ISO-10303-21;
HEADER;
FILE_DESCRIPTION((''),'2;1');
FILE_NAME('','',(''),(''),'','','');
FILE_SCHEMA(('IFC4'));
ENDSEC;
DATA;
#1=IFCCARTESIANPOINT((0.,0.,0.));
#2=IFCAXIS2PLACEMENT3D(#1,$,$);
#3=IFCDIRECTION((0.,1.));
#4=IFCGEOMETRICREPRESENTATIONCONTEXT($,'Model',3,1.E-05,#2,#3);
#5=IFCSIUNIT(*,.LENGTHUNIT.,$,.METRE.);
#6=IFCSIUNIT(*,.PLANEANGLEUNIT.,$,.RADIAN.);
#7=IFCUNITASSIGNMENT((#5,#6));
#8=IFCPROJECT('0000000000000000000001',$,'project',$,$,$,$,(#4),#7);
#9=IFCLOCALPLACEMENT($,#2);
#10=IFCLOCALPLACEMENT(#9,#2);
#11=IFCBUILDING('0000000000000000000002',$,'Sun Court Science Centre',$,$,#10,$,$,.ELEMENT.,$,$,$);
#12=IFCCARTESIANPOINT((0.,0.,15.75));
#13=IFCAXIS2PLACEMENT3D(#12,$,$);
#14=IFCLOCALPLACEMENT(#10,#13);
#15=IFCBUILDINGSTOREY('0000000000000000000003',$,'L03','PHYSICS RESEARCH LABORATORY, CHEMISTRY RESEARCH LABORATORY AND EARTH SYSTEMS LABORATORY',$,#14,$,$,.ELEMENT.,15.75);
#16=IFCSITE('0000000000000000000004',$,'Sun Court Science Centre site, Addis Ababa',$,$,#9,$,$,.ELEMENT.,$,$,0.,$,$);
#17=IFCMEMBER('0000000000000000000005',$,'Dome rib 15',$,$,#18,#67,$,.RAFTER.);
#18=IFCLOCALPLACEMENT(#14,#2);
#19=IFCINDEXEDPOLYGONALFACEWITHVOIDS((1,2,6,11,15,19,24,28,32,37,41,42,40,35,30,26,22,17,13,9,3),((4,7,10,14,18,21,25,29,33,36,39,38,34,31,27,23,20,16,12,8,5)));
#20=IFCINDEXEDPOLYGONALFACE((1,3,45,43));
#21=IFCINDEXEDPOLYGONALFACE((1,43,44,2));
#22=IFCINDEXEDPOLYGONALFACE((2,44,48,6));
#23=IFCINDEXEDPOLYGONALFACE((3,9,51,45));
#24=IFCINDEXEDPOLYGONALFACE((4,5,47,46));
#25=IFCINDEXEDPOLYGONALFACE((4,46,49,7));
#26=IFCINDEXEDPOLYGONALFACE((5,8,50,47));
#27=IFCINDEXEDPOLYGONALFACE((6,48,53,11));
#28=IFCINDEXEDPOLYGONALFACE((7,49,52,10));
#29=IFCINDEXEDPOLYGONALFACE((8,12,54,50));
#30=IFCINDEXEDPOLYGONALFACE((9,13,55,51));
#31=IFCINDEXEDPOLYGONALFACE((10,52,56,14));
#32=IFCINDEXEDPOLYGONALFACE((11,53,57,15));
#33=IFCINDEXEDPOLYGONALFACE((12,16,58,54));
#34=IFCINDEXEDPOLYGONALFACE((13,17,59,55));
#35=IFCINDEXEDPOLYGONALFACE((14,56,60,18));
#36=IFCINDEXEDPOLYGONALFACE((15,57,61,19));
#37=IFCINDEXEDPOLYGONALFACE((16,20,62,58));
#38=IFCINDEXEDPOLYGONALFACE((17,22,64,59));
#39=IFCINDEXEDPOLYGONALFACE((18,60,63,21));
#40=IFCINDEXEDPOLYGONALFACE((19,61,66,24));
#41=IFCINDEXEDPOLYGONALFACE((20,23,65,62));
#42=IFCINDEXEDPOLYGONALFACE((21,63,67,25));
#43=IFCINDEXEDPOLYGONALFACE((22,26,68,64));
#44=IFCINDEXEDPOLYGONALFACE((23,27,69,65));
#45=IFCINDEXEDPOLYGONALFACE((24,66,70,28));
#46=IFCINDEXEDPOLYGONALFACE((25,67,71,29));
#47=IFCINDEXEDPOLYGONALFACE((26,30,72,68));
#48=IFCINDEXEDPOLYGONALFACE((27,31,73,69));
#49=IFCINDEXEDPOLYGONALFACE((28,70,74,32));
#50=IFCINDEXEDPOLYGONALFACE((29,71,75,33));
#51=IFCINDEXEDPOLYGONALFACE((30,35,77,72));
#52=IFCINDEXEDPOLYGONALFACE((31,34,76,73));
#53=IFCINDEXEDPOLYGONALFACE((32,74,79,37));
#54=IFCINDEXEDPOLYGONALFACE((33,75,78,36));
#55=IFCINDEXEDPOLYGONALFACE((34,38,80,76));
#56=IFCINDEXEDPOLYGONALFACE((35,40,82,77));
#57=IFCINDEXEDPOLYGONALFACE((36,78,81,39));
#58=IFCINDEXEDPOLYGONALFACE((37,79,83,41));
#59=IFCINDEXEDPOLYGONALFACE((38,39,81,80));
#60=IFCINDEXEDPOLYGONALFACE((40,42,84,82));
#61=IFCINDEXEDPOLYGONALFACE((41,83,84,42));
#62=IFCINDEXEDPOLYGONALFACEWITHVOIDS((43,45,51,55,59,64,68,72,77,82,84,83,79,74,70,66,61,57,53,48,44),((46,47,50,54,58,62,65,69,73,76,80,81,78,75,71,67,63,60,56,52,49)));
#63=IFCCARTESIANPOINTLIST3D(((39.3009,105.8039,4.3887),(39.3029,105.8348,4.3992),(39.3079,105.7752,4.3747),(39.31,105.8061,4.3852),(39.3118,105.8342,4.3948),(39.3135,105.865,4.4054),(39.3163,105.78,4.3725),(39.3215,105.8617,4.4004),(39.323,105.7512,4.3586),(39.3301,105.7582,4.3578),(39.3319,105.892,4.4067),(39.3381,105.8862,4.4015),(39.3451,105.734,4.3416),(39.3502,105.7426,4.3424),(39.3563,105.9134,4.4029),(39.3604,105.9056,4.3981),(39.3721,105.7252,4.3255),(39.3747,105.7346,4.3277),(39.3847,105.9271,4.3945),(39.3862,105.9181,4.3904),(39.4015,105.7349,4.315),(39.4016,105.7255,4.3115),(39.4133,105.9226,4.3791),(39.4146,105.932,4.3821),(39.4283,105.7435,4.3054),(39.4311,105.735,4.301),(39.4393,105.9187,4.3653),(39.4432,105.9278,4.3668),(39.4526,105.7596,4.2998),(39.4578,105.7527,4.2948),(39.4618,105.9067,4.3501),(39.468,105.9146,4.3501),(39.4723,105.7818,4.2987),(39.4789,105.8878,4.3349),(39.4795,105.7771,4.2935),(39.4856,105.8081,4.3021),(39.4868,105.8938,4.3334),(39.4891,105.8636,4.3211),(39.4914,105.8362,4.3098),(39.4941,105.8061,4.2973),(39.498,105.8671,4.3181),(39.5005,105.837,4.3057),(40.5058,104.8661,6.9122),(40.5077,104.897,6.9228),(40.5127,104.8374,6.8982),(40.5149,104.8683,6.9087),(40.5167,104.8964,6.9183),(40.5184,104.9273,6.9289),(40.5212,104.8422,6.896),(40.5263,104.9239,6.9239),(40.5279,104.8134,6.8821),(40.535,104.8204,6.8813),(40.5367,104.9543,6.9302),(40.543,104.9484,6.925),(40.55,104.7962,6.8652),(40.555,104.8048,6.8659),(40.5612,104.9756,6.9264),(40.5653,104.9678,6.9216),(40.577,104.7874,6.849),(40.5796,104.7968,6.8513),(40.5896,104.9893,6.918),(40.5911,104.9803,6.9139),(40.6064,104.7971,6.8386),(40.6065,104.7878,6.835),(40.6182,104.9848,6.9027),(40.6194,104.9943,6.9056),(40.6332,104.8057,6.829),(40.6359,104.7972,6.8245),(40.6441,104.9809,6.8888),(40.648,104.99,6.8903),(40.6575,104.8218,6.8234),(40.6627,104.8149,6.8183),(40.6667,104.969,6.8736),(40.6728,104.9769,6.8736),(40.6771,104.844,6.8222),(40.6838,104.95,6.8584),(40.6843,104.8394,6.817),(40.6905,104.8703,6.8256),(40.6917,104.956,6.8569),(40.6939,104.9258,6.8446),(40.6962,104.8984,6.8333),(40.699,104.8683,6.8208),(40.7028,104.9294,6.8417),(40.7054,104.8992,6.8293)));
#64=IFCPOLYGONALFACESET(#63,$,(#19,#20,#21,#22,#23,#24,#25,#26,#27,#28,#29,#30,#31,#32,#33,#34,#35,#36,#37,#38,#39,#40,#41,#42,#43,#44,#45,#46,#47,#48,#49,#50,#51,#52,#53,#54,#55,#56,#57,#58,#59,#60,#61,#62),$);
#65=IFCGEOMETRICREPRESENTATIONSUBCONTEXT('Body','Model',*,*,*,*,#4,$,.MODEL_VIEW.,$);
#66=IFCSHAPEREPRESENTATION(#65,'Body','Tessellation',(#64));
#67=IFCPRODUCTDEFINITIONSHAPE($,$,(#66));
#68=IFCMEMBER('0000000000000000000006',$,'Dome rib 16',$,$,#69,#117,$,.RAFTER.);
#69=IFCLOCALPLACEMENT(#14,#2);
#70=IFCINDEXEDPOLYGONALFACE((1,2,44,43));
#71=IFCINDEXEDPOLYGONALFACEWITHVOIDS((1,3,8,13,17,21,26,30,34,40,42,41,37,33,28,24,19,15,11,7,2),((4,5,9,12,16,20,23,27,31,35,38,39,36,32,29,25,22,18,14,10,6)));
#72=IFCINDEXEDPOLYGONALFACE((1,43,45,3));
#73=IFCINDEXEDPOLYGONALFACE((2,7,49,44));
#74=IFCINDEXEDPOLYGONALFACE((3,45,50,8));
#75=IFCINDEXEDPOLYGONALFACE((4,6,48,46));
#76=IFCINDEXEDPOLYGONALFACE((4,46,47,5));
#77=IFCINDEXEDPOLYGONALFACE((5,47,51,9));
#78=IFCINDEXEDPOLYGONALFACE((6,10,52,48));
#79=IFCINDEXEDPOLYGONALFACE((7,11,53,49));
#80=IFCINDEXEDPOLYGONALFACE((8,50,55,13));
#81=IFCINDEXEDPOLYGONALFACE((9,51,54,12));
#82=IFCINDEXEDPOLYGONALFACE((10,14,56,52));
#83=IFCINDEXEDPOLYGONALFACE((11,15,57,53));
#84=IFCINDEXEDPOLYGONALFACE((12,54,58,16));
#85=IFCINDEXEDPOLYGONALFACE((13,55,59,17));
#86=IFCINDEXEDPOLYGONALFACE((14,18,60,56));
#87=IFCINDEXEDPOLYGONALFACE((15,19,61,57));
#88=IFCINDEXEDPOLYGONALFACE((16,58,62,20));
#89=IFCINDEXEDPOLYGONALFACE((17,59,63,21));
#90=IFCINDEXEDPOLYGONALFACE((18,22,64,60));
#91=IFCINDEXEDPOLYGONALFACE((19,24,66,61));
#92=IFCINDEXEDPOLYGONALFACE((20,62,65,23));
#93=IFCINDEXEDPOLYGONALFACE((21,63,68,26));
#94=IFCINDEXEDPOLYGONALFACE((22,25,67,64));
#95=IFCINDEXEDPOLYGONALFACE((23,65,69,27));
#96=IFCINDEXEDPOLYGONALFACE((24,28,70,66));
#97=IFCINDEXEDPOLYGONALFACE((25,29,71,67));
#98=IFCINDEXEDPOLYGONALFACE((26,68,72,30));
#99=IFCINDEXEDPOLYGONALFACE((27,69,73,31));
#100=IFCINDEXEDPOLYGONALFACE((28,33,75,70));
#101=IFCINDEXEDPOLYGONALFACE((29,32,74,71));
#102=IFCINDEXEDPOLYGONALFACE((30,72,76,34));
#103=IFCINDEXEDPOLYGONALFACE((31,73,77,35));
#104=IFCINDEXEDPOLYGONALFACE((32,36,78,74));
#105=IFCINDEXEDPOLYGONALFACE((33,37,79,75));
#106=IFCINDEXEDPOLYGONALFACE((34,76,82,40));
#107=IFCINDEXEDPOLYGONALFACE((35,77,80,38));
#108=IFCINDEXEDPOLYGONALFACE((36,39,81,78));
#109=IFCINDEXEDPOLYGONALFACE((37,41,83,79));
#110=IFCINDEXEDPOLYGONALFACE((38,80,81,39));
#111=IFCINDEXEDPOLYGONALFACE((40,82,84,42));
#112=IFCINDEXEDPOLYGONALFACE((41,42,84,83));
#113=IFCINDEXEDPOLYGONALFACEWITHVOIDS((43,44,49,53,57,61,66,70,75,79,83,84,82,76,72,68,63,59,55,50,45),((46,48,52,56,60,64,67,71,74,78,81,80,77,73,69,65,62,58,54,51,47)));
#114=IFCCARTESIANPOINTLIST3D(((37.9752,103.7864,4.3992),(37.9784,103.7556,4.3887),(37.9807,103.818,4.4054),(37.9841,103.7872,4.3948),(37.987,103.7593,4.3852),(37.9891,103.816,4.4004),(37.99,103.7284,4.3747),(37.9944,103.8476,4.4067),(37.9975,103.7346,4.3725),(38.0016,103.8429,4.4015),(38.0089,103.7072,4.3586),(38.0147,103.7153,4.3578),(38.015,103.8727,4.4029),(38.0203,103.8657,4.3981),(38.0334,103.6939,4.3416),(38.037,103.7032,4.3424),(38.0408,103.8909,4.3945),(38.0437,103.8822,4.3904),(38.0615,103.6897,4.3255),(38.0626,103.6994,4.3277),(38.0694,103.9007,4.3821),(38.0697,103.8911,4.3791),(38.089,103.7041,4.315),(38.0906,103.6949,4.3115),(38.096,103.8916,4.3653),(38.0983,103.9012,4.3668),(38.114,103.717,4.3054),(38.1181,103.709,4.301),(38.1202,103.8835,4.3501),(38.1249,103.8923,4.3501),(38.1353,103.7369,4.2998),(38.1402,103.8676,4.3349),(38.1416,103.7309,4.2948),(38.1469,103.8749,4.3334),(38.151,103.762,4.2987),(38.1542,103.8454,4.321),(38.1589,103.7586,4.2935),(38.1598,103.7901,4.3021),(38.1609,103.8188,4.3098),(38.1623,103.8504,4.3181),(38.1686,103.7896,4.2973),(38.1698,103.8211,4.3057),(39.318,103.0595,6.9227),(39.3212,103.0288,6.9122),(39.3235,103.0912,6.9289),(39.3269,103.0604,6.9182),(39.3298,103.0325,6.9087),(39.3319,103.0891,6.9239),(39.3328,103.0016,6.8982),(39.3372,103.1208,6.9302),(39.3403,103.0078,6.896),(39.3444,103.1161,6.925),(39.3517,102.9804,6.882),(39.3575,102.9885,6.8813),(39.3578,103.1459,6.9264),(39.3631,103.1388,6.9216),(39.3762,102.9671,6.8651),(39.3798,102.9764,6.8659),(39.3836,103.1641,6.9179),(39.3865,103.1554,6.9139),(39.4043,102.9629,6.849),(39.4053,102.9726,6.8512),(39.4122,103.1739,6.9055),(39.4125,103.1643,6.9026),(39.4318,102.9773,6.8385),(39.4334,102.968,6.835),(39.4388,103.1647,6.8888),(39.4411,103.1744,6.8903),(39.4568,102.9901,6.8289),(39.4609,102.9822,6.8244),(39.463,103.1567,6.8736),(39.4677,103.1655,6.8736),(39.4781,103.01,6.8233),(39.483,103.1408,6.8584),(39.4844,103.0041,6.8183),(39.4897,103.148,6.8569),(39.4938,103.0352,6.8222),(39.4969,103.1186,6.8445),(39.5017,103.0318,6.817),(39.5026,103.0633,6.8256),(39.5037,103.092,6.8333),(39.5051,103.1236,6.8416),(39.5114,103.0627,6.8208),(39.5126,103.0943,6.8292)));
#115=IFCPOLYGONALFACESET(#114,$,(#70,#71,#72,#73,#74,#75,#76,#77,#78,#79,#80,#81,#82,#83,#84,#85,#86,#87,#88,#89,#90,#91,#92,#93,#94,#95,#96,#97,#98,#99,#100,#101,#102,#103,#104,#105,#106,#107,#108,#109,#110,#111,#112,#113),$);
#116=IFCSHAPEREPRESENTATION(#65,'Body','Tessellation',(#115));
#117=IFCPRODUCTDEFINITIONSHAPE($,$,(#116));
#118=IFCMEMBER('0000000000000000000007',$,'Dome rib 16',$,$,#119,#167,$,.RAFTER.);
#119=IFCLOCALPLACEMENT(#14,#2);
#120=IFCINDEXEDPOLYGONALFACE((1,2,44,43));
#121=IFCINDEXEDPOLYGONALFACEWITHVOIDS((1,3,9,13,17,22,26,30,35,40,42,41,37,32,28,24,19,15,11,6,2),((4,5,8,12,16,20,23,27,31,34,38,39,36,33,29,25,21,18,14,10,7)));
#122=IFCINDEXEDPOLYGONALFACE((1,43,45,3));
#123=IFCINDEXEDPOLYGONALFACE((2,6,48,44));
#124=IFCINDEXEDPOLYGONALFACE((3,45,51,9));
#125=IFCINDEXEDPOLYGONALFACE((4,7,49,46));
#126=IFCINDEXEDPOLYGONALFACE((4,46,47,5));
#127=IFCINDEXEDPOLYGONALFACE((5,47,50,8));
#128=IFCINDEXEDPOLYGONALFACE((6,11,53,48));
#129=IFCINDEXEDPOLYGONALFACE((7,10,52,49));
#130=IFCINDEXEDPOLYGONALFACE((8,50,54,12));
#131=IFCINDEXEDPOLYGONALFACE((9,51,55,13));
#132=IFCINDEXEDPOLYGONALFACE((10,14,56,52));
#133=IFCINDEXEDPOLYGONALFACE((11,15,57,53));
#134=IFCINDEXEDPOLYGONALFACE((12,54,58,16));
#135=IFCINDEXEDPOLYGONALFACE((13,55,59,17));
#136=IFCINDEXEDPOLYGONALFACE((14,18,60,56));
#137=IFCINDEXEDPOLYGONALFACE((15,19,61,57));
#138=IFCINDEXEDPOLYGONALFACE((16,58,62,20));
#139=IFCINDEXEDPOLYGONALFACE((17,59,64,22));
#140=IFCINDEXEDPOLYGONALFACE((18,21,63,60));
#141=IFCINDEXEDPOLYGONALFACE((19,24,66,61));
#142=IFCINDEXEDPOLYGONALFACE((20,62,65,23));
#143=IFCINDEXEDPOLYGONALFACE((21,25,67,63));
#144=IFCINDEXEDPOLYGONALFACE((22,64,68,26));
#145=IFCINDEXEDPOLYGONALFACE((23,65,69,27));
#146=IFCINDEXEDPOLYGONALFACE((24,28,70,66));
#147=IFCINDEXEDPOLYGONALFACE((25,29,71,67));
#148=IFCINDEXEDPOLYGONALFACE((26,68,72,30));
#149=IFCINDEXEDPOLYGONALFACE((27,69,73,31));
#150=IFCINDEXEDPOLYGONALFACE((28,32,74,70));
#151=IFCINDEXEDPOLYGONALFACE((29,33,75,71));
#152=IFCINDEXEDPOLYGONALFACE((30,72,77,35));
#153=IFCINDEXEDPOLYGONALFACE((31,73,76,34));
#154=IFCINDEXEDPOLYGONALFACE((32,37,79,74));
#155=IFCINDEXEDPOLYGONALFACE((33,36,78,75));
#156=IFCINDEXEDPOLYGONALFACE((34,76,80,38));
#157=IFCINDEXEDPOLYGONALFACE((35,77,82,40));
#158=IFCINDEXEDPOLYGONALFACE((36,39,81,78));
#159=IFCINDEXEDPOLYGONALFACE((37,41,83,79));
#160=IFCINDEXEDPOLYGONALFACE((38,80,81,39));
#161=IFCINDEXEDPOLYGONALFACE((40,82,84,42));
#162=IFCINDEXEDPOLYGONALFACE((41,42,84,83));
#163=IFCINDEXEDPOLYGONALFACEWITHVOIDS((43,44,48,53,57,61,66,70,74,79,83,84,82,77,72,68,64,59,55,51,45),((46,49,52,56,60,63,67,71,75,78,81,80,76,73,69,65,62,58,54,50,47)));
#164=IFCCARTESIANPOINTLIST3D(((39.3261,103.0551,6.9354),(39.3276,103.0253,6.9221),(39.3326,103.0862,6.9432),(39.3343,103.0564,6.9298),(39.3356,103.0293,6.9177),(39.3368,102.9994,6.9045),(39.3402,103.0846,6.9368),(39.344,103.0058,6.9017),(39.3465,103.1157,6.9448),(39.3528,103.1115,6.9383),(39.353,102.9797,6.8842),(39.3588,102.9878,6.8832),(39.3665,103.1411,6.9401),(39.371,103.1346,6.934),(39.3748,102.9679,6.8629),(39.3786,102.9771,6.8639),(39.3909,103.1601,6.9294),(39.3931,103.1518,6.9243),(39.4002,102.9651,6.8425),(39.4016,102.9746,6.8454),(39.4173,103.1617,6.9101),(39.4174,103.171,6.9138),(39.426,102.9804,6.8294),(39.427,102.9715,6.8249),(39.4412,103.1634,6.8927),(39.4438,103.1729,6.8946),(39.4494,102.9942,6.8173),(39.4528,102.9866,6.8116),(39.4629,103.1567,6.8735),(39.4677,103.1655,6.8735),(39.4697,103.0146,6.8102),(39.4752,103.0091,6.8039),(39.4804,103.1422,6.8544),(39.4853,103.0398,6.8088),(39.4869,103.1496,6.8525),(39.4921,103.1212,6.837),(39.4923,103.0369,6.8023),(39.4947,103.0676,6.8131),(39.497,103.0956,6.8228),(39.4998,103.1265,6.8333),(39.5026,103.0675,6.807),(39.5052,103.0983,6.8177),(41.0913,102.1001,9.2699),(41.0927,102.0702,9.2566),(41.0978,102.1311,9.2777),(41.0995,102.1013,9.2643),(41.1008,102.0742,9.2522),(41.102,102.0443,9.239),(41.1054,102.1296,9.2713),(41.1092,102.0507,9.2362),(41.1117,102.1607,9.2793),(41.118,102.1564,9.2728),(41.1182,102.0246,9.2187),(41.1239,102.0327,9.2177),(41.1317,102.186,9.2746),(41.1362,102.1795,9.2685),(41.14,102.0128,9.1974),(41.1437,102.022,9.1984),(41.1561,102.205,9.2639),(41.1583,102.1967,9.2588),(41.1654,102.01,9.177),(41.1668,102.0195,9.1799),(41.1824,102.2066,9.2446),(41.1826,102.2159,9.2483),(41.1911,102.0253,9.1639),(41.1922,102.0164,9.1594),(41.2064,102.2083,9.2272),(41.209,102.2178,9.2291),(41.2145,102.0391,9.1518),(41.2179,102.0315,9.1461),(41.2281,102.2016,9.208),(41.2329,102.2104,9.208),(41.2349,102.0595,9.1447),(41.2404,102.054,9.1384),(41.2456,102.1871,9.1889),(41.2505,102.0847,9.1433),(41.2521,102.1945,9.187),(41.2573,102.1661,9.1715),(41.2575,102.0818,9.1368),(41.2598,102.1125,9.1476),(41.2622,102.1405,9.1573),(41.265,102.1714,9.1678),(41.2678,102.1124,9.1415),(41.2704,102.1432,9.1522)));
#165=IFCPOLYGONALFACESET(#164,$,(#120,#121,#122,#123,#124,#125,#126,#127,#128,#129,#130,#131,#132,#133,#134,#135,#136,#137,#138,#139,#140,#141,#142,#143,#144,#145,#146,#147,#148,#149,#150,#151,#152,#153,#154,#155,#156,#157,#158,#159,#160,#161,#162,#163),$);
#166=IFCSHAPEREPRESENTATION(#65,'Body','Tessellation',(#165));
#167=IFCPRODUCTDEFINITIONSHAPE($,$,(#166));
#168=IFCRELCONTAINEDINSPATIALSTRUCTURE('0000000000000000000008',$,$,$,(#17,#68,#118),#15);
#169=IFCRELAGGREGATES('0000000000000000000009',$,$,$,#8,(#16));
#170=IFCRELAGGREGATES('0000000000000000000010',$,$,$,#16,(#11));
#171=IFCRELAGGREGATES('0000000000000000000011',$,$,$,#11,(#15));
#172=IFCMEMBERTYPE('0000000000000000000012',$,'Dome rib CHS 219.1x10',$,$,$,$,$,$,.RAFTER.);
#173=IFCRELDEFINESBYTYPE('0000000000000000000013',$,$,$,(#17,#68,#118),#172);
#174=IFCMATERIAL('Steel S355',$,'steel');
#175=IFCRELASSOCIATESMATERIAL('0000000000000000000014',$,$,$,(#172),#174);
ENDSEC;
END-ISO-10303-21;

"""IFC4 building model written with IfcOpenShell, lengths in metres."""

from ifc_helpers import new_model, si_unit, direction, frame, origin, origin_2d, place, context, subcontext, project, spatial, hollow_circle, extrude, material, material_profile, profile_set, type_object, element, save


model = new_model("IFC4")

# Units and contexts
model_context = context("Model", 3, precision=1e-05, world=origin(), true_north=direction((0.0, 1.0)))
body_context = subcontext(model_context, "Body", "Model", "MODEL_VIEW")
ifc_project = project(units=[si_unit("LENGTHUNIT", "METRE"), si_unit("PLANEANGLEUNIT", "RADIAN")], contexts=[model_context])

# Site, building, storey
site_placement = place(None, origin())
site = spatial("IfcSite", under=ifc_project, at=site_placement, Name="Sun Court Science Centre site, Addis Ababa", CompositionType="ELEMENT", RefElevation=0.0)
building_placement = place(site_placement, origin())
building = spatial("IfcBuilding", under=site, at=building_placement, Name="Sun Court Science Centre", CompositionType="ELEMENT")
storey_placement = place(building_placement, frame((0.0, 0.0, 15.75)))
storey = spatial("IfcBuildingStorey", under=building, at=storey_placement, Name="L03", Description="PHYSICS RESEARCH LABORATORY, CHEMISTRY RESEARCH LABORATORY AND EARTH SYSTEMS LABORATORY", CompositionType="ELEMENT", Elevation=15.75)

# Members
ifc_material_1 = material(Name="Steel S355", Category="steel")
ifc_material_profile_1 = material_profile(ifc_material_1, hollow_circle(Radius=0.1096, WallThickness=0.01, at=origin_2d()), Name="CHS 219.1x10")
ifc_profile_set_1 = profile_set([ifc_material_profile_1], Name="Steel S355")
member_type_1 = type_object("IfcMemberType", Name="Dome rib CHS 219.1x10", PredefinedType="RAFTER", material=ifc_profile_set_1)
for number, where, z_axis, x_axis, name in (
    (1, (39.4006, 105.8281, 4.3501), (0.408507, -0.317948, 0.855588), (0.614206, 0.789146, 0.0), "Dome rib 15"),
    (2, (38.0728, 103.7959, 4.3501), (0.455268, -0.246424, 0.855573), (0.476015, 0.879437, 0.0), "Dome rib 16"),
):
    element("IfcMember", number, at=place(storey_placement, frame(where, z_axis=z_axis, x_axis=x_axis)), inside=storey, type_object=member_type_1, Name=name, PredefinedType="RAFTER", context=body_context, shape_type="SweptSolid", body=[
        extrude(hollow_circle(Radius=0.1096, WallThickness=0.01, at=origin_2d()), origin(), (0.0, 0.0, 1.0), 2.9495),
    ])
member_1_placement = place(storey_placement, frame((39.4155, 103.0691, 6.8735), z_axis=(0.573361, -0.310233, 0.758296), x_axis=(0.475883, 0.879508, 0.0)))
element("IfcMember", 3, at=member_1_placement, inside=storey, type_object=member_type_1, Name="Dome rib 16", PredefinedType="RAFTER", context=body_context, shape_type="SweptSolid", body=[
    extrude(hollow_circle(Radius=0.1096, WallThickness=0.01, at=origin_2d()), origin(), (0.0, 0.0, 1.0), 3.0786),
])

save(model, "model.ifc")
